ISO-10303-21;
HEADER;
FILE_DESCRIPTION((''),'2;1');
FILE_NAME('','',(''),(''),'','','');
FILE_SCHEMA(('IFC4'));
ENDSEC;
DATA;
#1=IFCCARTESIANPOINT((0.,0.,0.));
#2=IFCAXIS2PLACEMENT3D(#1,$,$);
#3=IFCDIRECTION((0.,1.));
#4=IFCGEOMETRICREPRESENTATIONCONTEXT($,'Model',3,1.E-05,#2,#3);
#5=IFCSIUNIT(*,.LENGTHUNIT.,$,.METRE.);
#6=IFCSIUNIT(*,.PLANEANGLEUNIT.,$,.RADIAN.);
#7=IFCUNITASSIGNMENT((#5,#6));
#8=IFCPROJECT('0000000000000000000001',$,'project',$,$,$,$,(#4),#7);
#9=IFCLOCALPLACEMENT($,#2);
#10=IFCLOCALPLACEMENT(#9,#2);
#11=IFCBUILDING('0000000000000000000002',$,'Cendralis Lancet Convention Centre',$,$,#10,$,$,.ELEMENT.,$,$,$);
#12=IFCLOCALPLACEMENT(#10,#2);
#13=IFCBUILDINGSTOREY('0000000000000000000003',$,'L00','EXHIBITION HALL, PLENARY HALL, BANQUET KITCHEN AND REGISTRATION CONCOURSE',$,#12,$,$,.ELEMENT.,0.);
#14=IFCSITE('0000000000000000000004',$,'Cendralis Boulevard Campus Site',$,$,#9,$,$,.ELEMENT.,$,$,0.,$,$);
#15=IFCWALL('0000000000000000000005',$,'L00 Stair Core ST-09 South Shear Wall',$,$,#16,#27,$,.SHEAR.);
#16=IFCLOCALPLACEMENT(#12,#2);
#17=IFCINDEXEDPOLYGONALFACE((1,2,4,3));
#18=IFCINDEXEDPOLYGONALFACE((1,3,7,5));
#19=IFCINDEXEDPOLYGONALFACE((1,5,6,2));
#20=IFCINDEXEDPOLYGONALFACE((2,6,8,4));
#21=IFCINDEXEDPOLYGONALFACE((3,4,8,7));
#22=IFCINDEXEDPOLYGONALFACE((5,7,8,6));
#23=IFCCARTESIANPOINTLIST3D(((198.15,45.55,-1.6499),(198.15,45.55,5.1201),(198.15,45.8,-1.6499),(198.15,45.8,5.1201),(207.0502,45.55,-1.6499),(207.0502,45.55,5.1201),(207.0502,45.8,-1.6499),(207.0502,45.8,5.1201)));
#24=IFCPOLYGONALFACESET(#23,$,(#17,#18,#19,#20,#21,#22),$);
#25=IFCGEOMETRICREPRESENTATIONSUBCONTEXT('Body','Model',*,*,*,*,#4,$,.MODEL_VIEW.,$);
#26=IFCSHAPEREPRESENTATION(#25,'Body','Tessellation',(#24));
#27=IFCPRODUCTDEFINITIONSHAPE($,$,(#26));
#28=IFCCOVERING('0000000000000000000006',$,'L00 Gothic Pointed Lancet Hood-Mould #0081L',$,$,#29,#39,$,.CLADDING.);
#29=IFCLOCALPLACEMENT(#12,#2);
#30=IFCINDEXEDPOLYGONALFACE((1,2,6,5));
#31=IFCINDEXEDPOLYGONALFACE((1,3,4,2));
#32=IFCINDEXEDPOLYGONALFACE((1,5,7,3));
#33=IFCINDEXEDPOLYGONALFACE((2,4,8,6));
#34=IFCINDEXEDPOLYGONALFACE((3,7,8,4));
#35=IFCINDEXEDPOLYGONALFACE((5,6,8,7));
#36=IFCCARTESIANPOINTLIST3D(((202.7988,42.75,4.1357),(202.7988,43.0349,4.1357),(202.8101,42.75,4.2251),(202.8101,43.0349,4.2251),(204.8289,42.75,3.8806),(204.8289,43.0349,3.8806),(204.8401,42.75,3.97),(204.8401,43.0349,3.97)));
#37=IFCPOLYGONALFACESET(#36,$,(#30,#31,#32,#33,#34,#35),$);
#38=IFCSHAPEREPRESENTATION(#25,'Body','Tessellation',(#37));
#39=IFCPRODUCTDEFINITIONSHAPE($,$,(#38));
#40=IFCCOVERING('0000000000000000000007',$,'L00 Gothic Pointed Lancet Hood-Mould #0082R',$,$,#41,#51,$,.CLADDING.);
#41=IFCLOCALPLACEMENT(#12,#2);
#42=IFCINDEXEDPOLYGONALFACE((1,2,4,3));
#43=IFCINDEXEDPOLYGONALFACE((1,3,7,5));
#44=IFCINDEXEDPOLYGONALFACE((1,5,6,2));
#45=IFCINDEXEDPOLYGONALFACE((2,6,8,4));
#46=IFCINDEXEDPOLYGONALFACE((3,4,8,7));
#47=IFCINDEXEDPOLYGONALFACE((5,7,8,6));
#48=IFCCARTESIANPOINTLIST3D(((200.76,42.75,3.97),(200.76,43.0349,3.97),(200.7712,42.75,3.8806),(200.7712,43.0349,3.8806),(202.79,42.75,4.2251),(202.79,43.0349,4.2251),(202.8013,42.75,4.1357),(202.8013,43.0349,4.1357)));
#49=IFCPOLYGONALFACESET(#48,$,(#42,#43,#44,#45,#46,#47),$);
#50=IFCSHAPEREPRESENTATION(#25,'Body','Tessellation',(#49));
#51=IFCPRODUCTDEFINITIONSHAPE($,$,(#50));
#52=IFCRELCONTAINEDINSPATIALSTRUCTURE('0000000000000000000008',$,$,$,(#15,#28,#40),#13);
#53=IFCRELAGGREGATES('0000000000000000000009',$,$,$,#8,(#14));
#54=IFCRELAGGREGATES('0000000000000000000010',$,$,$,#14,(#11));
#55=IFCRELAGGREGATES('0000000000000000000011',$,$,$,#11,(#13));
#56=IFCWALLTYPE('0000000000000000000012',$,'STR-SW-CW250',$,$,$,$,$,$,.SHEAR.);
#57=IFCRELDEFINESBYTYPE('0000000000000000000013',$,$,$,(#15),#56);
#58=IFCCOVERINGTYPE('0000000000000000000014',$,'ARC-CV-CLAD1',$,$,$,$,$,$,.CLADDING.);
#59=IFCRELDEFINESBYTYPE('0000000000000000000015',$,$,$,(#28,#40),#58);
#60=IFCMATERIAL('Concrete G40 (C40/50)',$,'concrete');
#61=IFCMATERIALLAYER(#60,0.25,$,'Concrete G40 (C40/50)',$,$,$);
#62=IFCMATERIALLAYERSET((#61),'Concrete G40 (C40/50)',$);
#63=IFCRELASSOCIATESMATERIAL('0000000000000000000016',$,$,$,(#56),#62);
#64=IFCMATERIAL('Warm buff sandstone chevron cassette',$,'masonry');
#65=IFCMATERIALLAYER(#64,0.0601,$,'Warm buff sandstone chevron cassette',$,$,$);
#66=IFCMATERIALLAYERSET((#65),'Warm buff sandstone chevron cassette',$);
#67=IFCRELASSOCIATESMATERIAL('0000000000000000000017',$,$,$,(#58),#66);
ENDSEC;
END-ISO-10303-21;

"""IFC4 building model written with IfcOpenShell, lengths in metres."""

from ifc_helpers import new_model, si_unit, direction, frame, frame_2d, origin, place, context, subcontext, project, spatial, polyline, rectangle, outline, extrude, material, layer, layer_set, type_object, element, save


model = new_model("IFC4")

# Units and contexts
model_context = context("Model", 3, precision=1e-05, world=origin(), true_north=direction((0.0, 1.0)))
body_context = subcontext(model_context, "Body", "Model", "MODEL_VIEW")
ifc_project = project(units=[si_unit("LENGTHUNIT", "METRE"), si_unit("PLANEANGLEUNIT", "RADIAN")], contexts=[model_context])

# Site, building, storey
site_placement = place(None, origin())
site = spatial("IfcSite", under=ifc_project, at=site_placement, Name="Cendralis Boulevard Campus Site", CompositionType="ELEMENT", RefElevation=0.0)
building_placement = place(site_placement, origin())
building = spatial("IfcBuilding", under=site, at=building_placement, Name="Cendralis Lancet Convention Centre", CompositionType="ELEMENT")
storey_placement = place(building_placement, origin())
storey = spatial("IfcBuildingStorey", under=building, at=storey_placement, Name="L00", Description="EXHIBITION HALL, PLENARY HALL, BANQUET KITCHEN AND REGISTRATION CONCOURSE", CompositionType="ELEMENT", Elevation=0.0)

# Shared definitions
ifc_material_1 = material(Name="Concrete G40 (C40/50)", Category="concrete")

# Wall
ifc_layer_1 = layer(ifc_material_1, 0.25, Name="Concrete G40 (C40/50)")
ifc_layer_set_1 = layer_set([ifc_layer_1], Name="Concrete G40 (C40/50)")
wall_type_1 = type_object("IfcWallType", Name="STR-SW-CW250", PredefinedType="SHEAR", material=ifc_layer_set_1)
wall_1_placement = place(storey_placement, frame((198.1499, 45.675, -1.6499), z_axis=(0.0, 0.0, 1.0), x_axis=(1.0, 0.0, 0.0)))
element("IfcWall", 1, at=wall_1_placement, inside=storey, type_object=wall_type_1, Name="L00 Stair Core ST-09 South Shear Wall", PredefinedType="SHEAR", context=body_context, shape_type="SweptSolid", body=[
    extrude(rectangle(XDim=8.9001, YDim=0.25, at=frame_2d((4.4502, 0.0))), origin(), (0.0, 0.0, 1.0), 6.77),
])

# Coverings
ifc_material_2 = material(Name="Warm buff sandstone chevron cassette", Category="masonry")
ifc_layer_2 = layer(ifc_material_2, 0.0601, Name="Warm buff sandstone chevron cassette")
ifc_layer_set_2 = layer_set([ifc_layer_2], Name="Warm buff sandstone chevron cassette")
covering_type = type_object("IfcCoveringType", Name="ARC-CV-CLAD1", PredefinedType="CLADDING", material=ifc_layer_set_2)
for number, where, z_axis, x_axis, name in (
    (2, (204.8401, 42.75, 3.97), (0.124696, 0.0, 0.992195), (0.0, 1.0, 0.0), "L00 Gothic Pointed Lancet Hood-Mould #0081L"),
    (3, (202.79, 42.75, 4.2251), (-0.124696, 0.0, 0.992195), (0.0, 1.0, 0.0), "L00 Gothic Pointed Lancet Hood-Mould #0082R"),
):
    element("IfcCovering", number, at=place(storey_placement, frame(where, z_axis=z_axis, x_axis=x_axis)), inside=storey, type_object=covering_type, Name=name, PredefinedType="CLADDING", context=body_context, shape_type="SweptSolid", body=[
        extrude(outline(polyline([(0.0, 0.0), (0.2849, 0.0), (0.2849, 2.046), (0.0, 2.046), (0.0, 0.0)])), origin(), (0.0, 0.0, -1.0), 0.0901),
    ])

save(model, "model.ifc")
